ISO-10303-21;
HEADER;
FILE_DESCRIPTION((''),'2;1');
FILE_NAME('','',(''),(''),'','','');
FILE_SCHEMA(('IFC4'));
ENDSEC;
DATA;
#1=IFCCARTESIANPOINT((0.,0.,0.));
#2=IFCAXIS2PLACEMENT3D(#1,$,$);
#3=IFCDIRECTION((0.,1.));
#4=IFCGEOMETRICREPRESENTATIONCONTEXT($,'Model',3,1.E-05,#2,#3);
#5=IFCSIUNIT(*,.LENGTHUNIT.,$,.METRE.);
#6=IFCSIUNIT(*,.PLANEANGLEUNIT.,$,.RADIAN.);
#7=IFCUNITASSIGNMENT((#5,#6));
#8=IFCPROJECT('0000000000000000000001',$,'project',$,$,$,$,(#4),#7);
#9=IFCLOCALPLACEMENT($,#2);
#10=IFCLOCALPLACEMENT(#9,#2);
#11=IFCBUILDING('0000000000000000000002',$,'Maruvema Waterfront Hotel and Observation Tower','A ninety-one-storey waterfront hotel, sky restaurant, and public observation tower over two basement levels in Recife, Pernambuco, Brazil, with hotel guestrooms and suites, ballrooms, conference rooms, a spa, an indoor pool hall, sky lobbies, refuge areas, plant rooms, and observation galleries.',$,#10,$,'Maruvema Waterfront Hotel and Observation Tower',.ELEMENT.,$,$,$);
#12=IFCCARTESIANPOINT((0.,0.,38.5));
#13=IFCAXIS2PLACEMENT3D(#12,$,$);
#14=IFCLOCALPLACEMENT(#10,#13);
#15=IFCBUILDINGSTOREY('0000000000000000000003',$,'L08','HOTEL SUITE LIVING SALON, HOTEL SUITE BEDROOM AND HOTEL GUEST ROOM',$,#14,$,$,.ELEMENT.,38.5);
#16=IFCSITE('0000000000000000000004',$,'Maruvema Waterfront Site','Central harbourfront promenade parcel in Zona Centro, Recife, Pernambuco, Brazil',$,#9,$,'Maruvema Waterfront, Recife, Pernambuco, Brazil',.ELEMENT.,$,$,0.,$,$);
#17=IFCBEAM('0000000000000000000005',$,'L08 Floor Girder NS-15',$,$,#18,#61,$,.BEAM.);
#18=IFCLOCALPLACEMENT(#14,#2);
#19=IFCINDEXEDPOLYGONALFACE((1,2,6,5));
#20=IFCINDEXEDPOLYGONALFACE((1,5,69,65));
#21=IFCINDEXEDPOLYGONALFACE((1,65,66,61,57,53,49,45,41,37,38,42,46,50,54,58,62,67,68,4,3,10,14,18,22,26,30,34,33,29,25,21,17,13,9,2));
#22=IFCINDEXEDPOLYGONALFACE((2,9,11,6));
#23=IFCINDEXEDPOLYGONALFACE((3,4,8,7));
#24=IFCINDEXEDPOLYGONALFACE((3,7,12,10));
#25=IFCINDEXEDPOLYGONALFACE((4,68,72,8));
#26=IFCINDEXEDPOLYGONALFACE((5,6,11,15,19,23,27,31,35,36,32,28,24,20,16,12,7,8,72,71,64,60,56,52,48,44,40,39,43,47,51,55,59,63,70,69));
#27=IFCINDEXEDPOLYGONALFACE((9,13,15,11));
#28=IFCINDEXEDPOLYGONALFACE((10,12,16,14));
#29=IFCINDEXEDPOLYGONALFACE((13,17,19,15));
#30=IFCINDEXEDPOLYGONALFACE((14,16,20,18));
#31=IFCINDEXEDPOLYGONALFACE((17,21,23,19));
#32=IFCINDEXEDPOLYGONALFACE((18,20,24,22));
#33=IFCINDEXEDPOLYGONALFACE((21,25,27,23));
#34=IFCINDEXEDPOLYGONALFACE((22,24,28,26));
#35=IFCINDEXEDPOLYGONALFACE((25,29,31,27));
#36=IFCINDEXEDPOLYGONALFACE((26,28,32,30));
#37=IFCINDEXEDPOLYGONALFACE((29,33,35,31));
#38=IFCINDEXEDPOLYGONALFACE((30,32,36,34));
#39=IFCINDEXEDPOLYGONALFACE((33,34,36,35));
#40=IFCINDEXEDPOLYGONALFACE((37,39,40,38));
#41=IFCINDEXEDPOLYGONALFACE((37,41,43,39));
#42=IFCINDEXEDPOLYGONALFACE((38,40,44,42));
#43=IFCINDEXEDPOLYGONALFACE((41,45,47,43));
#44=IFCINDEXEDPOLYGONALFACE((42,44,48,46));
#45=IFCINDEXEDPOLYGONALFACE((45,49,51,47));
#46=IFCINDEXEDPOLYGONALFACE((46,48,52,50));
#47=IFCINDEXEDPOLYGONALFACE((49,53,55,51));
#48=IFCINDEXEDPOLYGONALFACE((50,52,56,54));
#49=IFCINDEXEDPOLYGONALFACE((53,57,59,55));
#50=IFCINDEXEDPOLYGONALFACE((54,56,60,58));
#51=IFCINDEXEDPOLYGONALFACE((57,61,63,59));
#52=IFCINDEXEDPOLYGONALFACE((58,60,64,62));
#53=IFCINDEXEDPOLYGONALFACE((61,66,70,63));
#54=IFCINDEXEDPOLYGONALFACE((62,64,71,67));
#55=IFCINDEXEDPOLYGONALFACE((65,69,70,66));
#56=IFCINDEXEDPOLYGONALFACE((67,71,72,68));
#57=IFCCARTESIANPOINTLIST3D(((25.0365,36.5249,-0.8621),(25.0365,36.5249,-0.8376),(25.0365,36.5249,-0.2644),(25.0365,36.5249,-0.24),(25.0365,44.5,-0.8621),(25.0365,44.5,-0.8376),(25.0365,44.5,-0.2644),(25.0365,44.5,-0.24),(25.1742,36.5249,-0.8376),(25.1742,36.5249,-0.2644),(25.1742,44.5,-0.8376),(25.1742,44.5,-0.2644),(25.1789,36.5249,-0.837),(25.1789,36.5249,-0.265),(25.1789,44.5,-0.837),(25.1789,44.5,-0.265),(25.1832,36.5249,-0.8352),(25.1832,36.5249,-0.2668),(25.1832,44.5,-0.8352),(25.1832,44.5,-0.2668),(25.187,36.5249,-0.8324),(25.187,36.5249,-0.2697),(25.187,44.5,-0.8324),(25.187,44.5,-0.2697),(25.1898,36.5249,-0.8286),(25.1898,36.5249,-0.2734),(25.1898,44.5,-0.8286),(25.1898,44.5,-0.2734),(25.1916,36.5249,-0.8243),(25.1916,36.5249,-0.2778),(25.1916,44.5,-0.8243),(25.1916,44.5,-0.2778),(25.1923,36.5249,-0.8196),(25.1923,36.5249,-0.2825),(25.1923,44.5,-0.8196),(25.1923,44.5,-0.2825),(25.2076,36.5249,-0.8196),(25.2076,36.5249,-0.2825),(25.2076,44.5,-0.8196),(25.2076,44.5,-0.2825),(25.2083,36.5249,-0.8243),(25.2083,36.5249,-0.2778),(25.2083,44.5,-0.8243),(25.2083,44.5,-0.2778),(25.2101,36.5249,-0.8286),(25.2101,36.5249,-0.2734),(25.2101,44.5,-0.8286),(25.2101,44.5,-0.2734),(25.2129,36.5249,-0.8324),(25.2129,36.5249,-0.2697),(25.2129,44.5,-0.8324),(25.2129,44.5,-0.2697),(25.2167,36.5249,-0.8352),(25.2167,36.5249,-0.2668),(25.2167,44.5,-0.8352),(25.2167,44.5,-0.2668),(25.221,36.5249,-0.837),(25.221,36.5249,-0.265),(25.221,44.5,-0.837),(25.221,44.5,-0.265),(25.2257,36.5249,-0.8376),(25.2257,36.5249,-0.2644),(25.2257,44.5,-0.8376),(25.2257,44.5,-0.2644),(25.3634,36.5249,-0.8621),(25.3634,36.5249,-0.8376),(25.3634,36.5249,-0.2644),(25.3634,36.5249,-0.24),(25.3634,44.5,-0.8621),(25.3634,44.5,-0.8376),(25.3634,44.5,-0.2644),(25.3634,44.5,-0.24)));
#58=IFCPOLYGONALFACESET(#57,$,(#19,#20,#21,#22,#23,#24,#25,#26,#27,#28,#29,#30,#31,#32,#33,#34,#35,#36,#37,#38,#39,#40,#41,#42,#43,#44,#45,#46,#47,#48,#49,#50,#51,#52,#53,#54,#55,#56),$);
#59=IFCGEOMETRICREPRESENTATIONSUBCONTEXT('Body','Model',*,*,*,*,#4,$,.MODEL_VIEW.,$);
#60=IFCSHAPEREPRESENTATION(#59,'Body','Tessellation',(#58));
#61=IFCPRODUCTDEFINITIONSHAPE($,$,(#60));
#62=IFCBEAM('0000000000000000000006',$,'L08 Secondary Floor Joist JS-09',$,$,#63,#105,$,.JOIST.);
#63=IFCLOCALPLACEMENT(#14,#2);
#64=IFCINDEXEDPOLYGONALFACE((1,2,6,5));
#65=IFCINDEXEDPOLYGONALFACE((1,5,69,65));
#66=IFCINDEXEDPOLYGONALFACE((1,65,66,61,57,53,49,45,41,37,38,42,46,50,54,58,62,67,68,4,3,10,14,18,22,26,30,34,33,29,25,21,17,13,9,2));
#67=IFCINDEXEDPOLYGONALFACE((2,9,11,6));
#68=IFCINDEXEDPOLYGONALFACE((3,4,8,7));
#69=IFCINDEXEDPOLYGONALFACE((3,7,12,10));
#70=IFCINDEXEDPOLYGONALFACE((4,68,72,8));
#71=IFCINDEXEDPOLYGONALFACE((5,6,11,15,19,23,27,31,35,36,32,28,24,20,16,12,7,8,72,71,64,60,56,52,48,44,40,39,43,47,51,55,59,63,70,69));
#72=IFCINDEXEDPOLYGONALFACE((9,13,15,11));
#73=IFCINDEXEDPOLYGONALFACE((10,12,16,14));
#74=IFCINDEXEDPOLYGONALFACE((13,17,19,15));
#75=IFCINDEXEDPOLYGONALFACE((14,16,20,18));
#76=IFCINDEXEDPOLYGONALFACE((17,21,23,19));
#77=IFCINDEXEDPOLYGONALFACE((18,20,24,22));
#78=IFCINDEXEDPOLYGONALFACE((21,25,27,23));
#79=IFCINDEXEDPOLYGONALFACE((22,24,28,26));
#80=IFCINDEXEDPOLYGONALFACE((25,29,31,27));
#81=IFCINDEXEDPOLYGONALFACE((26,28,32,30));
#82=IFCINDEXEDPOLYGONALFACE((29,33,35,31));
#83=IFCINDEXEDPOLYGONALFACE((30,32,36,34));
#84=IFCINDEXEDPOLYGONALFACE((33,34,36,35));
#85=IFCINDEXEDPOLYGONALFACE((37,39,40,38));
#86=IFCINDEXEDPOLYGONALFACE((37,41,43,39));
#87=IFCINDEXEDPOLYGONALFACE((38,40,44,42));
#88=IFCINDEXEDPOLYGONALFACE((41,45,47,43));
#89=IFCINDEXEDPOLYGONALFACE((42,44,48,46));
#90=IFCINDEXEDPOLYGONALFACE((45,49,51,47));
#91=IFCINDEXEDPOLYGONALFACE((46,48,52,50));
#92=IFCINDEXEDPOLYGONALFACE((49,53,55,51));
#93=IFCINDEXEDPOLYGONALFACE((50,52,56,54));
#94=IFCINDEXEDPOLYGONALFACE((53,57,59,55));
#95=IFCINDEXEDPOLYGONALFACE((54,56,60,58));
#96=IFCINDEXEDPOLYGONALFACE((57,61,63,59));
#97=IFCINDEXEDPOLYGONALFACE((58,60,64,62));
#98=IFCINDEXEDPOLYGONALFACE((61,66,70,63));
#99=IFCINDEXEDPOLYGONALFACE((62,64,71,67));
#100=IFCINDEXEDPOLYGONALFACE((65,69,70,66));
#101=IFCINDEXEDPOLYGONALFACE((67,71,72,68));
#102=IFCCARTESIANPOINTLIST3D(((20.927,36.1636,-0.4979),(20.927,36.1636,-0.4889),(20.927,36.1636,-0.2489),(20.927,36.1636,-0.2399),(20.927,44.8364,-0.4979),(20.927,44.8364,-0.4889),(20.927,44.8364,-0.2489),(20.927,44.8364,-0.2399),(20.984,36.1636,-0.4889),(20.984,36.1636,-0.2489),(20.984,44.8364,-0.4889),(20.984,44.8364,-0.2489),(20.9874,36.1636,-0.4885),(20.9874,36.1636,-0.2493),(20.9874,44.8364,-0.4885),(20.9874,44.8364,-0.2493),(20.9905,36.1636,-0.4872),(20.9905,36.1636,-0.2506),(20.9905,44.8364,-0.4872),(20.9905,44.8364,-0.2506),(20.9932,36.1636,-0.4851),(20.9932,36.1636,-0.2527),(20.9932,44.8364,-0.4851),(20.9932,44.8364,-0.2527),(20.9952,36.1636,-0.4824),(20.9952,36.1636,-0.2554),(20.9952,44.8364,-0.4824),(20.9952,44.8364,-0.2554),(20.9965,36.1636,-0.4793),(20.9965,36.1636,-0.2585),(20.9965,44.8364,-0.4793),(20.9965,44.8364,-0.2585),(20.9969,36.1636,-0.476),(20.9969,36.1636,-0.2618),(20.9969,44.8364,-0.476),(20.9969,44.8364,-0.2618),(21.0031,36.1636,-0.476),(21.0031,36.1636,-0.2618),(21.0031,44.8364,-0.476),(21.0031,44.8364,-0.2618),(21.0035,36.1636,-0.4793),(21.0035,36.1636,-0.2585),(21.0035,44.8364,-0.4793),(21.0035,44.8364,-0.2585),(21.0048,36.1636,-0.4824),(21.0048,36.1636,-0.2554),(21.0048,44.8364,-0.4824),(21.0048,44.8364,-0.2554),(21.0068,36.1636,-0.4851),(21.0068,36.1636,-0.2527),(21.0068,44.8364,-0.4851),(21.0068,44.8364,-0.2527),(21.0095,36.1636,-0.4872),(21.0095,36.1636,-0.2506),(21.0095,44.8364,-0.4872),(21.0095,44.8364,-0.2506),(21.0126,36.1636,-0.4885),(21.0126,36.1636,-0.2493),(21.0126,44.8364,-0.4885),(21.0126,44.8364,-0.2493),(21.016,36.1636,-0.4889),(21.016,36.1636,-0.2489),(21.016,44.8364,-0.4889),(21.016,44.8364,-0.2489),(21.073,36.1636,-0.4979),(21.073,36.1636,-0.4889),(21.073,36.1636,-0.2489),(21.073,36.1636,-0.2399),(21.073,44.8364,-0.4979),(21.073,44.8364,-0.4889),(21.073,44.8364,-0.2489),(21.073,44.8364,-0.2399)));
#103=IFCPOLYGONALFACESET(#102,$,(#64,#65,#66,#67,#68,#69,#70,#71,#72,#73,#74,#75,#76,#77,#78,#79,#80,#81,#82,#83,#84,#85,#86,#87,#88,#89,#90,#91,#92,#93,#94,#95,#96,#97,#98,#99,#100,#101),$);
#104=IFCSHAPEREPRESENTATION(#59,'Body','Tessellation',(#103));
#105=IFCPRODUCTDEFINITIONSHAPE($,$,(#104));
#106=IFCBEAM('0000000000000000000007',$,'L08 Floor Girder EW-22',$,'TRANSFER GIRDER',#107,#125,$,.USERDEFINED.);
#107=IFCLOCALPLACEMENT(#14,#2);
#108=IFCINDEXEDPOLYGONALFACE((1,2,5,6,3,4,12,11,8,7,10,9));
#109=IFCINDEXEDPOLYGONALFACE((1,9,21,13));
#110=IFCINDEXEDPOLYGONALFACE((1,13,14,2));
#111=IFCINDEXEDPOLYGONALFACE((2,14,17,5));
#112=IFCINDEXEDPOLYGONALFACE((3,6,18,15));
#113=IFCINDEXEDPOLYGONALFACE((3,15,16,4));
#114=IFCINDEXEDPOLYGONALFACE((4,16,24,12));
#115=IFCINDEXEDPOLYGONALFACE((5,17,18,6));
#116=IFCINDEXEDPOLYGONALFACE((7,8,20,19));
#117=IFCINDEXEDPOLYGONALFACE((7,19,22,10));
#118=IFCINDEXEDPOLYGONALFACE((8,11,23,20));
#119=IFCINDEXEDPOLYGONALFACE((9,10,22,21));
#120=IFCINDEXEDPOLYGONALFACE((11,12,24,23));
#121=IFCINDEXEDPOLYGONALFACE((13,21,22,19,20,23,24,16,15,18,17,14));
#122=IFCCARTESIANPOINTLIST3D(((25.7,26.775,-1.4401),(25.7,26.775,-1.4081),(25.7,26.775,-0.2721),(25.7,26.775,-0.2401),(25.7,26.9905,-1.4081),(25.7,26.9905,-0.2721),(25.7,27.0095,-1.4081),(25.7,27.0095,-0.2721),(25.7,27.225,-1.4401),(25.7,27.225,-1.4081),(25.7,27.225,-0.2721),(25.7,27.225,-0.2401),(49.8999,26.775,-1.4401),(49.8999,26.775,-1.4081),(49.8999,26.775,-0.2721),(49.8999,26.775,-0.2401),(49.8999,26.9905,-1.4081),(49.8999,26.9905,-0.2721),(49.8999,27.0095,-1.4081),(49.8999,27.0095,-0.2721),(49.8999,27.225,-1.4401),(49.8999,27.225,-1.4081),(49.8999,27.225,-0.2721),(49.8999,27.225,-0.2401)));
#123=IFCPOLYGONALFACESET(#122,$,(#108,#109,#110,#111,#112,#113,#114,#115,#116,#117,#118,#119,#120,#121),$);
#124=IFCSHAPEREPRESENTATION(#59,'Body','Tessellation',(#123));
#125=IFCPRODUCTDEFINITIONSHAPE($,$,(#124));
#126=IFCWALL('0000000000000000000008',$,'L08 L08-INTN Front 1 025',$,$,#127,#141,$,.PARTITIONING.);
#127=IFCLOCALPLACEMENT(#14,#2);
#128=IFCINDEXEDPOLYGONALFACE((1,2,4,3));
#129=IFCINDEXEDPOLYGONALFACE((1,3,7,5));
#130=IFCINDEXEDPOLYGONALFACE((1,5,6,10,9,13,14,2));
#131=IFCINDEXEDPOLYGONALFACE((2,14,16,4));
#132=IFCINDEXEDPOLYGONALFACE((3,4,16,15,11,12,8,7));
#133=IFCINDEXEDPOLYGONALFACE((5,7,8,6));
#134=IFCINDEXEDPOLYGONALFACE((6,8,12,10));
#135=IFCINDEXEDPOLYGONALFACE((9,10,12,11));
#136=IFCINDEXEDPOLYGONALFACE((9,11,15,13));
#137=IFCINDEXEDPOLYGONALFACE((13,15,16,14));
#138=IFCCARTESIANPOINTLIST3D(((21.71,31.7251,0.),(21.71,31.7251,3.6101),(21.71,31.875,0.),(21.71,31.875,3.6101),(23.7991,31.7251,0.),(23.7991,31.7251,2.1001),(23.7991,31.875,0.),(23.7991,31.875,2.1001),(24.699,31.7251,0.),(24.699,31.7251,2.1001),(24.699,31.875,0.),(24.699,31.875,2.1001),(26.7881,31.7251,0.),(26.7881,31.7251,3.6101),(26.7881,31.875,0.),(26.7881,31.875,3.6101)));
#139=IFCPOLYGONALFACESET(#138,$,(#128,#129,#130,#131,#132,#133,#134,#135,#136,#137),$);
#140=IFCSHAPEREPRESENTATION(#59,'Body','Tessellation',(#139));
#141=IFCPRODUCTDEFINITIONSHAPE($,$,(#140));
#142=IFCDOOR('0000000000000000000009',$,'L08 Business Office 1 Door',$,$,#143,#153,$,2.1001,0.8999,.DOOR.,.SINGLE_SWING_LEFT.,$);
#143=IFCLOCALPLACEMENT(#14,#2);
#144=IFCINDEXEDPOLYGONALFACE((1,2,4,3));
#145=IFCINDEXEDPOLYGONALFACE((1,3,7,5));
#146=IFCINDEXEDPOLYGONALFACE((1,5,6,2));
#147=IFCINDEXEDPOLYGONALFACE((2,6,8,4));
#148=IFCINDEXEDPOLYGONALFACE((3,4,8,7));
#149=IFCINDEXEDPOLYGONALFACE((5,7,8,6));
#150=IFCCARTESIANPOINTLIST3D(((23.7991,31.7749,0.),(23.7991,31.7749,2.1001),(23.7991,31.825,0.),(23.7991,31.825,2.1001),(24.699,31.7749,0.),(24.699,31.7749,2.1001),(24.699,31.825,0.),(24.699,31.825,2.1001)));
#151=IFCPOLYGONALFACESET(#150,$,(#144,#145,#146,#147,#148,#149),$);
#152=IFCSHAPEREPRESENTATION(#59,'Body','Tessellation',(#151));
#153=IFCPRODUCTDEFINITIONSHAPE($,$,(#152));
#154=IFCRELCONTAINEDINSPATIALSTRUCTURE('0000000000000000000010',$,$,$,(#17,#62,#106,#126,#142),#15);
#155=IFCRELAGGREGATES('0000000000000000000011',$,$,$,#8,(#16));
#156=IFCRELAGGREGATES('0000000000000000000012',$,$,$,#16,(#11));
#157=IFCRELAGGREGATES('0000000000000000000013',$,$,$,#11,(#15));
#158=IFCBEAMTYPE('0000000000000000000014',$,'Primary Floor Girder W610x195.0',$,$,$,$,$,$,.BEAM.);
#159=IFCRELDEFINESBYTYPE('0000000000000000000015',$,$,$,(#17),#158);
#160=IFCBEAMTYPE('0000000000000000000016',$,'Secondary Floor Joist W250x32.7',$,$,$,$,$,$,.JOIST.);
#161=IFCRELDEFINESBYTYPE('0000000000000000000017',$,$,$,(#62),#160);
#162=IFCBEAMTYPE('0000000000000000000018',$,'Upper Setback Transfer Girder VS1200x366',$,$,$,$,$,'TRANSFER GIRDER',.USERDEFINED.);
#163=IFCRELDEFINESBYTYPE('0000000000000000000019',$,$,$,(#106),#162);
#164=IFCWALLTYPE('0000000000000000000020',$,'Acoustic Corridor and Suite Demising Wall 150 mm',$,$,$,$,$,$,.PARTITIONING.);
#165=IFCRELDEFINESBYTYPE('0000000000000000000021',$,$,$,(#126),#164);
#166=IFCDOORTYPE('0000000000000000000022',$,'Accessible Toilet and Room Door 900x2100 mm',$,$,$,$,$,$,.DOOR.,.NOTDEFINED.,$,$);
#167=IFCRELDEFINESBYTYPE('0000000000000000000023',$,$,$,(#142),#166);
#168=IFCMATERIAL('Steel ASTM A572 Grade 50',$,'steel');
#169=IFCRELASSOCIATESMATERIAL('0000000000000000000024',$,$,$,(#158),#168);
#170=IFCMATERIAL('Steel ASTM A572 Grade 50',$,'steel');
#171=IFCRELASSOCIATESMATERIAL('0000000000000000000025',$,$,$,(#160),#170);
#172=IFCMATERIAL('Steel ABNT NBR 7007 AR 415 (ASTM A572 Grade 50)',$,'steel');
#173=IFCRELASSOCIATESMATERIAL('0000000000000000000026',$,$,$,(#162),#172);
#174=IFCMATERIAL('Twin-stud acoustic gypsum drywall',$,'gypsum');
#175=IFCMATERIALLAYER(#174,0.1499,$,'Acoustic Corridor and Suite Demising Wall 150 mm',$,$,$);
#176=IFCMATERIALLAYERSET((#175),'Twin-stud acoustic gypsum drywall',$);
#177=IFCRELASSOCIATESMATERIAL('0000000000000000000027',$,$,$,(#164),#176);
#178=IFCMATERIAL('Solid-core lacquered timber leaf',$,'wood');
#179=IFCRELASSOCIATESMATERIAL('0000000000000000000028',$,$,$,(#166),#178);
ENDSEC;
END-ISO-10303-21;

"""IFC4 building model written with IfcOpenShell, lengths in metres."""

from ifc_helpers import new_model, si_unit, direction, frame, frame_2d, origin, origin_2d, place, context, subcontext, project, spatial, rectangle, i_section, extrude, material, layer, layer_set, material_profile, profile_set, type_object, element, fill, save


model = new_model("IFC4")

# Units and contexts
model_context = context("Model", 3, precision=1e-05, world=origin(), true_north=direction((0.0, 1.0)))
body_context = subcontext(model_context, "Body", "Model", "MODEL_VIEW")
ifc_project = project(units=[si_unit("LENGTHUNIT", "METRE"), si_unit("PLANEANGLEUNIT", "RADIAN")], contexts=[model_context])

# Site, building, storey
site_placement = place(None, origin())
site = spatial("IfcSite", under=ifc_project, at=site_placement, Name="Maruvema Waterfront Site", Description="Central harbourfront promenade parcel in Zona Centro, Recife, Pernambuco, Brazil", LongName="Maruvema Waterfront, Recife, Pernambuco, Brazil", CompositionType="ELEMENT", RefElevation=0.0)
building_placement = place(site_placement, origin())
building = spatial("IfcBuilding", under=site, at=building_placement, Name="Maruvema Waterfront Hotel and Observation Tower", Description="A ninety-one-storey waterfront hotel, sky restaurant, and public observation tower over two basement levels in Recife, Pernambuco, Brazil, with hotel guestrooms and suites, ballrooms, conference rooms, a spa, an indoor pool hall, sky lobbies, refuge areas, plant rooms, and observation galleries.", LongName="Maruvema Waterfront Hotel and Observation Tower", CompositionType="ELEMENT")
storey_placement = place(building_placement, frame((0.0, 0.0, 38.5)))
storey = spatial("IfcBuildingStorey", under=building, at=storey_placement, Name="L08", Description="HOTEL SUITE LIVING SALON, HOTEL SUITE BEDROOM AND HOTEL GUEST ROOM", CompositionType="ELEMENT", Elevation=38.5)

# Beams
ifc_material_1 = material(Name="Steel ASTM A572 Grade 50", Category="steel")
ifc_material_profile_1 = material_profile(ifc_material_1, i_section(OverallWidth=0.3269, OverallDepth=0.6221, WebThickness=0.0154, FlangeThickness=0.0244, FilletRadius=0.0181, at=origin_2d()), Name="W610x195.0")
ifc_profile_set_1 = profile_set([ifc_material_profile_1], Name="Steel ASTM A572 Grade 50")
beam_type_1 = type_object("IfcBeamType", Name="Primary Floor Girder W610x195.0", PredefinedType="BEAM", material=ifc_profile_set_1)
for number, where, z_axis, x_axis, name in (
    (1, (25.2, 36.5249, -0.551), (0.0, 1.0, 0.0), (-1.0, 0.0, 0.0), "L08 Floor Girder NS-15"),
):
    element("IfcBeam", number, at=place(storey_placement, frame(where, z_axis=z_axis, x_axis=x_axis)), inside=storey, type_object=beam_type_1, Name=name, PredefinedType="BEAM", context=body_context, shape_type="SweptSolid", body=[
        extrude(i_section(OverallWidth=0.3269, OverallDepth=0.6221, WebThickness=0.0154, FlangeThickness=0.0244, FilletRadius=0.0181, at=origin_2d()), origin(), (0.0, 0.0, 1.0), 7.9751),
    ])
ifc_material_2 = material(Name="Steel ASTM A572 Grade 50", Category="steel")
ifc_material_profile_2 = material_profile(ifc_material_2, i_section(OverallWidth=0.146, OverallDepth=0.2581, WebThickness=0.0061, FlangeThickness=0.009, FilletRadius=0.0129, at=origin_2d()), Name="W250x32.7")
ifc_profile_set_2 = profile_set([ifc_material_profile_2], Name="Steel ASTM A572 Grade 50")
beam_type_2 = type_object("IfcBeamType", Name="Secondary Floor Joist W250x32.7", PredefinedType="JOIST", material=ifc_profile_set_2)
beam_1_placement = place(storey_placement, frame((21.0, 36.1636, -0.3689), z_axis=(0.0, 1.0, 0.0), x_axis=(-1.0, 0.0, 0.0)))
element("IfcBeam", 2, at=beam_1_placement, inside=storey, type_object=beam_type_2, Name="L08 Secondary Floor Joist JS-09", PredefinedType="JOIST", context=body_context, shape_type="SweptSolid", body=[
    extrude(i_section(OverallWidth=0.146, OverallDepth=0.2581, WebThickness=0.0061, FlangeThickness=0.009, FilletRadius=0.0129, at=origin_2d()), origin(), (0.0, 0.0, 1.0), 8.6729),
])
ifc_material_3 = material(Name="Steel ABNT NBR 7007 AR 415 (ASTM A572 Grade 50)", Category="steel")
ifc_material_profile_3 = material_profile(ifc_material_3, i_section(OverallWidth=0.45, OverallDepth=1.2, WebThickness=0.019, FlangeThickness=0.032, at=origin_2d()), Name="VS1200x366")
ifc_profile_set_3 = profile_set([ifc_material_profile_3], Name="Steel ABNT NBR 7007 AR 415 (ASTM A572 Grade 50)")
beam_type_3 = type_object("IfcBeamType", Name="Upper Setback Transfer Girder VS1200x366", ElementType="TRANSFER GIRDER", PredefinedType="USERDEFINED", material=ifc_profile_set_3)
beam_2_placement = place(storey_placement, frame((25.7, 27.0, -0.8401), z_axis=(1.0, 0.0, 0.0), x_axis=(0.0, 1.0, 0.0)))
element("IfcBeam", 3, at=beam_2_placement, inside=storey, type_object=beam_type_3, Name="L08 Floor Girder EW-22", ObjectType="TRANSFER GIRDER", PredefinedType="USERDEFINED", context=body_context, shape_type="SweptSolid", body=[
    extrude(i_section(OverallWidth=0.45, OverallDepth=1.2, WebThickness=0.019, FlangeThickness=0.032, at=origin_2d()), origin(), (0.0, 0.0, 1.0), 24.2),
])

# Wall, opening, door
ifc_material_4 = material(Name="Twin-stud acoustic gypsum drywall", Category="gypsum")
ifc_layer_1 = layer(ifc_material_4, 0.1499, Name="Acoustic Corridor and Suite Demising Wall 150 mm")
ifc_layer_set_1 = layer_set([ifc_layer_1], Name="Twin-stud acoustic gypsum drywall")
wall_type_1 = type_object("IfcWallType", Name="Acoustic Corridor and Suite Demising Wall 150 mm", PredefinedType="PARTITIONING", material=ifc_layer_set_1)
wall_1_placement = place(storey_placement, frame((21.71, 31.8, 0.0), z_axis=(0.0, 0.0, 1.0), x_axis=(1.0, 0.0, 0.0)))
wall_1 = element("IfcWall", 4, at=wall_1_placement, inside=storey, type_object=wall_type_1, Name="L08 L08-INTN Front 1 025", PredefinedType="PARTITIONING", context=body_context, shape_type="SweptSolid", body=[
    extrude(rectangle(XDim=5.0781, YDim=0.1499, at=frame_2d((2.5391, 0.0))), origin(), (0.0, 0.0, 1.0), 3.6101),
])
opening_1_placement = place(wall_1_placement, frame((2.0891, 0.0, 0.0)))
opening_1 = element("IfcOpeningElement", 5, at=opening_1_placement, cuts=wall_1, PredefinedType="OPENING", context=body_context, shape_type="SweptSolid", body=[
    extrude(rectangle(XDim=0.8999, YDim=2.1001, at=frame_2d((0.45, 1.05))), frame((0.0, 0.085, 0.0), z_axis=(0.0, -1.0, 0.0), x_axis=(1.0, 0.0, 0.0)), (0.0, 0.0, 1.0), 0.1699),
])
ifc_material_5 = material(Name="Solid-core lacquered timber leaf", Category="wood")
door_type_1 = type_object("IfcDoorType", Name="Accessible Toilet and Room Door 900x2100 mm", OperationType="NOTDEFINED", PredefinedType="DOOR", material=ifc_material_5)
door_1_placement = place(opening_1_placement, origin())
door_1 = element("IfcDoor", 6, at=door_1_placement, inside=storey, type_object=door_type_1, Name="L08 Business Office 1 Door", OperationType="SINGLE_SWING_LEFT", OverallHeight=2.1001, OverallWidth=0.8999, PredefinedType="DOOR", context=body_context, shape_type="SweptSolid", body=[
    extrude(rectangle(XDim=0.8999, YDim=2.1001, at=frame_2d((0.45, 1.05))), frame((0.0, 0.0249, 0.0), z_axis=(0.0, -1.0, 0.0), x_axis=(1.0, 0.0, 0.0)), (0.0, 0.0, 1.0), 0.05),
])
fill(opening_1, door_1)

save(model, "model.ifc")
